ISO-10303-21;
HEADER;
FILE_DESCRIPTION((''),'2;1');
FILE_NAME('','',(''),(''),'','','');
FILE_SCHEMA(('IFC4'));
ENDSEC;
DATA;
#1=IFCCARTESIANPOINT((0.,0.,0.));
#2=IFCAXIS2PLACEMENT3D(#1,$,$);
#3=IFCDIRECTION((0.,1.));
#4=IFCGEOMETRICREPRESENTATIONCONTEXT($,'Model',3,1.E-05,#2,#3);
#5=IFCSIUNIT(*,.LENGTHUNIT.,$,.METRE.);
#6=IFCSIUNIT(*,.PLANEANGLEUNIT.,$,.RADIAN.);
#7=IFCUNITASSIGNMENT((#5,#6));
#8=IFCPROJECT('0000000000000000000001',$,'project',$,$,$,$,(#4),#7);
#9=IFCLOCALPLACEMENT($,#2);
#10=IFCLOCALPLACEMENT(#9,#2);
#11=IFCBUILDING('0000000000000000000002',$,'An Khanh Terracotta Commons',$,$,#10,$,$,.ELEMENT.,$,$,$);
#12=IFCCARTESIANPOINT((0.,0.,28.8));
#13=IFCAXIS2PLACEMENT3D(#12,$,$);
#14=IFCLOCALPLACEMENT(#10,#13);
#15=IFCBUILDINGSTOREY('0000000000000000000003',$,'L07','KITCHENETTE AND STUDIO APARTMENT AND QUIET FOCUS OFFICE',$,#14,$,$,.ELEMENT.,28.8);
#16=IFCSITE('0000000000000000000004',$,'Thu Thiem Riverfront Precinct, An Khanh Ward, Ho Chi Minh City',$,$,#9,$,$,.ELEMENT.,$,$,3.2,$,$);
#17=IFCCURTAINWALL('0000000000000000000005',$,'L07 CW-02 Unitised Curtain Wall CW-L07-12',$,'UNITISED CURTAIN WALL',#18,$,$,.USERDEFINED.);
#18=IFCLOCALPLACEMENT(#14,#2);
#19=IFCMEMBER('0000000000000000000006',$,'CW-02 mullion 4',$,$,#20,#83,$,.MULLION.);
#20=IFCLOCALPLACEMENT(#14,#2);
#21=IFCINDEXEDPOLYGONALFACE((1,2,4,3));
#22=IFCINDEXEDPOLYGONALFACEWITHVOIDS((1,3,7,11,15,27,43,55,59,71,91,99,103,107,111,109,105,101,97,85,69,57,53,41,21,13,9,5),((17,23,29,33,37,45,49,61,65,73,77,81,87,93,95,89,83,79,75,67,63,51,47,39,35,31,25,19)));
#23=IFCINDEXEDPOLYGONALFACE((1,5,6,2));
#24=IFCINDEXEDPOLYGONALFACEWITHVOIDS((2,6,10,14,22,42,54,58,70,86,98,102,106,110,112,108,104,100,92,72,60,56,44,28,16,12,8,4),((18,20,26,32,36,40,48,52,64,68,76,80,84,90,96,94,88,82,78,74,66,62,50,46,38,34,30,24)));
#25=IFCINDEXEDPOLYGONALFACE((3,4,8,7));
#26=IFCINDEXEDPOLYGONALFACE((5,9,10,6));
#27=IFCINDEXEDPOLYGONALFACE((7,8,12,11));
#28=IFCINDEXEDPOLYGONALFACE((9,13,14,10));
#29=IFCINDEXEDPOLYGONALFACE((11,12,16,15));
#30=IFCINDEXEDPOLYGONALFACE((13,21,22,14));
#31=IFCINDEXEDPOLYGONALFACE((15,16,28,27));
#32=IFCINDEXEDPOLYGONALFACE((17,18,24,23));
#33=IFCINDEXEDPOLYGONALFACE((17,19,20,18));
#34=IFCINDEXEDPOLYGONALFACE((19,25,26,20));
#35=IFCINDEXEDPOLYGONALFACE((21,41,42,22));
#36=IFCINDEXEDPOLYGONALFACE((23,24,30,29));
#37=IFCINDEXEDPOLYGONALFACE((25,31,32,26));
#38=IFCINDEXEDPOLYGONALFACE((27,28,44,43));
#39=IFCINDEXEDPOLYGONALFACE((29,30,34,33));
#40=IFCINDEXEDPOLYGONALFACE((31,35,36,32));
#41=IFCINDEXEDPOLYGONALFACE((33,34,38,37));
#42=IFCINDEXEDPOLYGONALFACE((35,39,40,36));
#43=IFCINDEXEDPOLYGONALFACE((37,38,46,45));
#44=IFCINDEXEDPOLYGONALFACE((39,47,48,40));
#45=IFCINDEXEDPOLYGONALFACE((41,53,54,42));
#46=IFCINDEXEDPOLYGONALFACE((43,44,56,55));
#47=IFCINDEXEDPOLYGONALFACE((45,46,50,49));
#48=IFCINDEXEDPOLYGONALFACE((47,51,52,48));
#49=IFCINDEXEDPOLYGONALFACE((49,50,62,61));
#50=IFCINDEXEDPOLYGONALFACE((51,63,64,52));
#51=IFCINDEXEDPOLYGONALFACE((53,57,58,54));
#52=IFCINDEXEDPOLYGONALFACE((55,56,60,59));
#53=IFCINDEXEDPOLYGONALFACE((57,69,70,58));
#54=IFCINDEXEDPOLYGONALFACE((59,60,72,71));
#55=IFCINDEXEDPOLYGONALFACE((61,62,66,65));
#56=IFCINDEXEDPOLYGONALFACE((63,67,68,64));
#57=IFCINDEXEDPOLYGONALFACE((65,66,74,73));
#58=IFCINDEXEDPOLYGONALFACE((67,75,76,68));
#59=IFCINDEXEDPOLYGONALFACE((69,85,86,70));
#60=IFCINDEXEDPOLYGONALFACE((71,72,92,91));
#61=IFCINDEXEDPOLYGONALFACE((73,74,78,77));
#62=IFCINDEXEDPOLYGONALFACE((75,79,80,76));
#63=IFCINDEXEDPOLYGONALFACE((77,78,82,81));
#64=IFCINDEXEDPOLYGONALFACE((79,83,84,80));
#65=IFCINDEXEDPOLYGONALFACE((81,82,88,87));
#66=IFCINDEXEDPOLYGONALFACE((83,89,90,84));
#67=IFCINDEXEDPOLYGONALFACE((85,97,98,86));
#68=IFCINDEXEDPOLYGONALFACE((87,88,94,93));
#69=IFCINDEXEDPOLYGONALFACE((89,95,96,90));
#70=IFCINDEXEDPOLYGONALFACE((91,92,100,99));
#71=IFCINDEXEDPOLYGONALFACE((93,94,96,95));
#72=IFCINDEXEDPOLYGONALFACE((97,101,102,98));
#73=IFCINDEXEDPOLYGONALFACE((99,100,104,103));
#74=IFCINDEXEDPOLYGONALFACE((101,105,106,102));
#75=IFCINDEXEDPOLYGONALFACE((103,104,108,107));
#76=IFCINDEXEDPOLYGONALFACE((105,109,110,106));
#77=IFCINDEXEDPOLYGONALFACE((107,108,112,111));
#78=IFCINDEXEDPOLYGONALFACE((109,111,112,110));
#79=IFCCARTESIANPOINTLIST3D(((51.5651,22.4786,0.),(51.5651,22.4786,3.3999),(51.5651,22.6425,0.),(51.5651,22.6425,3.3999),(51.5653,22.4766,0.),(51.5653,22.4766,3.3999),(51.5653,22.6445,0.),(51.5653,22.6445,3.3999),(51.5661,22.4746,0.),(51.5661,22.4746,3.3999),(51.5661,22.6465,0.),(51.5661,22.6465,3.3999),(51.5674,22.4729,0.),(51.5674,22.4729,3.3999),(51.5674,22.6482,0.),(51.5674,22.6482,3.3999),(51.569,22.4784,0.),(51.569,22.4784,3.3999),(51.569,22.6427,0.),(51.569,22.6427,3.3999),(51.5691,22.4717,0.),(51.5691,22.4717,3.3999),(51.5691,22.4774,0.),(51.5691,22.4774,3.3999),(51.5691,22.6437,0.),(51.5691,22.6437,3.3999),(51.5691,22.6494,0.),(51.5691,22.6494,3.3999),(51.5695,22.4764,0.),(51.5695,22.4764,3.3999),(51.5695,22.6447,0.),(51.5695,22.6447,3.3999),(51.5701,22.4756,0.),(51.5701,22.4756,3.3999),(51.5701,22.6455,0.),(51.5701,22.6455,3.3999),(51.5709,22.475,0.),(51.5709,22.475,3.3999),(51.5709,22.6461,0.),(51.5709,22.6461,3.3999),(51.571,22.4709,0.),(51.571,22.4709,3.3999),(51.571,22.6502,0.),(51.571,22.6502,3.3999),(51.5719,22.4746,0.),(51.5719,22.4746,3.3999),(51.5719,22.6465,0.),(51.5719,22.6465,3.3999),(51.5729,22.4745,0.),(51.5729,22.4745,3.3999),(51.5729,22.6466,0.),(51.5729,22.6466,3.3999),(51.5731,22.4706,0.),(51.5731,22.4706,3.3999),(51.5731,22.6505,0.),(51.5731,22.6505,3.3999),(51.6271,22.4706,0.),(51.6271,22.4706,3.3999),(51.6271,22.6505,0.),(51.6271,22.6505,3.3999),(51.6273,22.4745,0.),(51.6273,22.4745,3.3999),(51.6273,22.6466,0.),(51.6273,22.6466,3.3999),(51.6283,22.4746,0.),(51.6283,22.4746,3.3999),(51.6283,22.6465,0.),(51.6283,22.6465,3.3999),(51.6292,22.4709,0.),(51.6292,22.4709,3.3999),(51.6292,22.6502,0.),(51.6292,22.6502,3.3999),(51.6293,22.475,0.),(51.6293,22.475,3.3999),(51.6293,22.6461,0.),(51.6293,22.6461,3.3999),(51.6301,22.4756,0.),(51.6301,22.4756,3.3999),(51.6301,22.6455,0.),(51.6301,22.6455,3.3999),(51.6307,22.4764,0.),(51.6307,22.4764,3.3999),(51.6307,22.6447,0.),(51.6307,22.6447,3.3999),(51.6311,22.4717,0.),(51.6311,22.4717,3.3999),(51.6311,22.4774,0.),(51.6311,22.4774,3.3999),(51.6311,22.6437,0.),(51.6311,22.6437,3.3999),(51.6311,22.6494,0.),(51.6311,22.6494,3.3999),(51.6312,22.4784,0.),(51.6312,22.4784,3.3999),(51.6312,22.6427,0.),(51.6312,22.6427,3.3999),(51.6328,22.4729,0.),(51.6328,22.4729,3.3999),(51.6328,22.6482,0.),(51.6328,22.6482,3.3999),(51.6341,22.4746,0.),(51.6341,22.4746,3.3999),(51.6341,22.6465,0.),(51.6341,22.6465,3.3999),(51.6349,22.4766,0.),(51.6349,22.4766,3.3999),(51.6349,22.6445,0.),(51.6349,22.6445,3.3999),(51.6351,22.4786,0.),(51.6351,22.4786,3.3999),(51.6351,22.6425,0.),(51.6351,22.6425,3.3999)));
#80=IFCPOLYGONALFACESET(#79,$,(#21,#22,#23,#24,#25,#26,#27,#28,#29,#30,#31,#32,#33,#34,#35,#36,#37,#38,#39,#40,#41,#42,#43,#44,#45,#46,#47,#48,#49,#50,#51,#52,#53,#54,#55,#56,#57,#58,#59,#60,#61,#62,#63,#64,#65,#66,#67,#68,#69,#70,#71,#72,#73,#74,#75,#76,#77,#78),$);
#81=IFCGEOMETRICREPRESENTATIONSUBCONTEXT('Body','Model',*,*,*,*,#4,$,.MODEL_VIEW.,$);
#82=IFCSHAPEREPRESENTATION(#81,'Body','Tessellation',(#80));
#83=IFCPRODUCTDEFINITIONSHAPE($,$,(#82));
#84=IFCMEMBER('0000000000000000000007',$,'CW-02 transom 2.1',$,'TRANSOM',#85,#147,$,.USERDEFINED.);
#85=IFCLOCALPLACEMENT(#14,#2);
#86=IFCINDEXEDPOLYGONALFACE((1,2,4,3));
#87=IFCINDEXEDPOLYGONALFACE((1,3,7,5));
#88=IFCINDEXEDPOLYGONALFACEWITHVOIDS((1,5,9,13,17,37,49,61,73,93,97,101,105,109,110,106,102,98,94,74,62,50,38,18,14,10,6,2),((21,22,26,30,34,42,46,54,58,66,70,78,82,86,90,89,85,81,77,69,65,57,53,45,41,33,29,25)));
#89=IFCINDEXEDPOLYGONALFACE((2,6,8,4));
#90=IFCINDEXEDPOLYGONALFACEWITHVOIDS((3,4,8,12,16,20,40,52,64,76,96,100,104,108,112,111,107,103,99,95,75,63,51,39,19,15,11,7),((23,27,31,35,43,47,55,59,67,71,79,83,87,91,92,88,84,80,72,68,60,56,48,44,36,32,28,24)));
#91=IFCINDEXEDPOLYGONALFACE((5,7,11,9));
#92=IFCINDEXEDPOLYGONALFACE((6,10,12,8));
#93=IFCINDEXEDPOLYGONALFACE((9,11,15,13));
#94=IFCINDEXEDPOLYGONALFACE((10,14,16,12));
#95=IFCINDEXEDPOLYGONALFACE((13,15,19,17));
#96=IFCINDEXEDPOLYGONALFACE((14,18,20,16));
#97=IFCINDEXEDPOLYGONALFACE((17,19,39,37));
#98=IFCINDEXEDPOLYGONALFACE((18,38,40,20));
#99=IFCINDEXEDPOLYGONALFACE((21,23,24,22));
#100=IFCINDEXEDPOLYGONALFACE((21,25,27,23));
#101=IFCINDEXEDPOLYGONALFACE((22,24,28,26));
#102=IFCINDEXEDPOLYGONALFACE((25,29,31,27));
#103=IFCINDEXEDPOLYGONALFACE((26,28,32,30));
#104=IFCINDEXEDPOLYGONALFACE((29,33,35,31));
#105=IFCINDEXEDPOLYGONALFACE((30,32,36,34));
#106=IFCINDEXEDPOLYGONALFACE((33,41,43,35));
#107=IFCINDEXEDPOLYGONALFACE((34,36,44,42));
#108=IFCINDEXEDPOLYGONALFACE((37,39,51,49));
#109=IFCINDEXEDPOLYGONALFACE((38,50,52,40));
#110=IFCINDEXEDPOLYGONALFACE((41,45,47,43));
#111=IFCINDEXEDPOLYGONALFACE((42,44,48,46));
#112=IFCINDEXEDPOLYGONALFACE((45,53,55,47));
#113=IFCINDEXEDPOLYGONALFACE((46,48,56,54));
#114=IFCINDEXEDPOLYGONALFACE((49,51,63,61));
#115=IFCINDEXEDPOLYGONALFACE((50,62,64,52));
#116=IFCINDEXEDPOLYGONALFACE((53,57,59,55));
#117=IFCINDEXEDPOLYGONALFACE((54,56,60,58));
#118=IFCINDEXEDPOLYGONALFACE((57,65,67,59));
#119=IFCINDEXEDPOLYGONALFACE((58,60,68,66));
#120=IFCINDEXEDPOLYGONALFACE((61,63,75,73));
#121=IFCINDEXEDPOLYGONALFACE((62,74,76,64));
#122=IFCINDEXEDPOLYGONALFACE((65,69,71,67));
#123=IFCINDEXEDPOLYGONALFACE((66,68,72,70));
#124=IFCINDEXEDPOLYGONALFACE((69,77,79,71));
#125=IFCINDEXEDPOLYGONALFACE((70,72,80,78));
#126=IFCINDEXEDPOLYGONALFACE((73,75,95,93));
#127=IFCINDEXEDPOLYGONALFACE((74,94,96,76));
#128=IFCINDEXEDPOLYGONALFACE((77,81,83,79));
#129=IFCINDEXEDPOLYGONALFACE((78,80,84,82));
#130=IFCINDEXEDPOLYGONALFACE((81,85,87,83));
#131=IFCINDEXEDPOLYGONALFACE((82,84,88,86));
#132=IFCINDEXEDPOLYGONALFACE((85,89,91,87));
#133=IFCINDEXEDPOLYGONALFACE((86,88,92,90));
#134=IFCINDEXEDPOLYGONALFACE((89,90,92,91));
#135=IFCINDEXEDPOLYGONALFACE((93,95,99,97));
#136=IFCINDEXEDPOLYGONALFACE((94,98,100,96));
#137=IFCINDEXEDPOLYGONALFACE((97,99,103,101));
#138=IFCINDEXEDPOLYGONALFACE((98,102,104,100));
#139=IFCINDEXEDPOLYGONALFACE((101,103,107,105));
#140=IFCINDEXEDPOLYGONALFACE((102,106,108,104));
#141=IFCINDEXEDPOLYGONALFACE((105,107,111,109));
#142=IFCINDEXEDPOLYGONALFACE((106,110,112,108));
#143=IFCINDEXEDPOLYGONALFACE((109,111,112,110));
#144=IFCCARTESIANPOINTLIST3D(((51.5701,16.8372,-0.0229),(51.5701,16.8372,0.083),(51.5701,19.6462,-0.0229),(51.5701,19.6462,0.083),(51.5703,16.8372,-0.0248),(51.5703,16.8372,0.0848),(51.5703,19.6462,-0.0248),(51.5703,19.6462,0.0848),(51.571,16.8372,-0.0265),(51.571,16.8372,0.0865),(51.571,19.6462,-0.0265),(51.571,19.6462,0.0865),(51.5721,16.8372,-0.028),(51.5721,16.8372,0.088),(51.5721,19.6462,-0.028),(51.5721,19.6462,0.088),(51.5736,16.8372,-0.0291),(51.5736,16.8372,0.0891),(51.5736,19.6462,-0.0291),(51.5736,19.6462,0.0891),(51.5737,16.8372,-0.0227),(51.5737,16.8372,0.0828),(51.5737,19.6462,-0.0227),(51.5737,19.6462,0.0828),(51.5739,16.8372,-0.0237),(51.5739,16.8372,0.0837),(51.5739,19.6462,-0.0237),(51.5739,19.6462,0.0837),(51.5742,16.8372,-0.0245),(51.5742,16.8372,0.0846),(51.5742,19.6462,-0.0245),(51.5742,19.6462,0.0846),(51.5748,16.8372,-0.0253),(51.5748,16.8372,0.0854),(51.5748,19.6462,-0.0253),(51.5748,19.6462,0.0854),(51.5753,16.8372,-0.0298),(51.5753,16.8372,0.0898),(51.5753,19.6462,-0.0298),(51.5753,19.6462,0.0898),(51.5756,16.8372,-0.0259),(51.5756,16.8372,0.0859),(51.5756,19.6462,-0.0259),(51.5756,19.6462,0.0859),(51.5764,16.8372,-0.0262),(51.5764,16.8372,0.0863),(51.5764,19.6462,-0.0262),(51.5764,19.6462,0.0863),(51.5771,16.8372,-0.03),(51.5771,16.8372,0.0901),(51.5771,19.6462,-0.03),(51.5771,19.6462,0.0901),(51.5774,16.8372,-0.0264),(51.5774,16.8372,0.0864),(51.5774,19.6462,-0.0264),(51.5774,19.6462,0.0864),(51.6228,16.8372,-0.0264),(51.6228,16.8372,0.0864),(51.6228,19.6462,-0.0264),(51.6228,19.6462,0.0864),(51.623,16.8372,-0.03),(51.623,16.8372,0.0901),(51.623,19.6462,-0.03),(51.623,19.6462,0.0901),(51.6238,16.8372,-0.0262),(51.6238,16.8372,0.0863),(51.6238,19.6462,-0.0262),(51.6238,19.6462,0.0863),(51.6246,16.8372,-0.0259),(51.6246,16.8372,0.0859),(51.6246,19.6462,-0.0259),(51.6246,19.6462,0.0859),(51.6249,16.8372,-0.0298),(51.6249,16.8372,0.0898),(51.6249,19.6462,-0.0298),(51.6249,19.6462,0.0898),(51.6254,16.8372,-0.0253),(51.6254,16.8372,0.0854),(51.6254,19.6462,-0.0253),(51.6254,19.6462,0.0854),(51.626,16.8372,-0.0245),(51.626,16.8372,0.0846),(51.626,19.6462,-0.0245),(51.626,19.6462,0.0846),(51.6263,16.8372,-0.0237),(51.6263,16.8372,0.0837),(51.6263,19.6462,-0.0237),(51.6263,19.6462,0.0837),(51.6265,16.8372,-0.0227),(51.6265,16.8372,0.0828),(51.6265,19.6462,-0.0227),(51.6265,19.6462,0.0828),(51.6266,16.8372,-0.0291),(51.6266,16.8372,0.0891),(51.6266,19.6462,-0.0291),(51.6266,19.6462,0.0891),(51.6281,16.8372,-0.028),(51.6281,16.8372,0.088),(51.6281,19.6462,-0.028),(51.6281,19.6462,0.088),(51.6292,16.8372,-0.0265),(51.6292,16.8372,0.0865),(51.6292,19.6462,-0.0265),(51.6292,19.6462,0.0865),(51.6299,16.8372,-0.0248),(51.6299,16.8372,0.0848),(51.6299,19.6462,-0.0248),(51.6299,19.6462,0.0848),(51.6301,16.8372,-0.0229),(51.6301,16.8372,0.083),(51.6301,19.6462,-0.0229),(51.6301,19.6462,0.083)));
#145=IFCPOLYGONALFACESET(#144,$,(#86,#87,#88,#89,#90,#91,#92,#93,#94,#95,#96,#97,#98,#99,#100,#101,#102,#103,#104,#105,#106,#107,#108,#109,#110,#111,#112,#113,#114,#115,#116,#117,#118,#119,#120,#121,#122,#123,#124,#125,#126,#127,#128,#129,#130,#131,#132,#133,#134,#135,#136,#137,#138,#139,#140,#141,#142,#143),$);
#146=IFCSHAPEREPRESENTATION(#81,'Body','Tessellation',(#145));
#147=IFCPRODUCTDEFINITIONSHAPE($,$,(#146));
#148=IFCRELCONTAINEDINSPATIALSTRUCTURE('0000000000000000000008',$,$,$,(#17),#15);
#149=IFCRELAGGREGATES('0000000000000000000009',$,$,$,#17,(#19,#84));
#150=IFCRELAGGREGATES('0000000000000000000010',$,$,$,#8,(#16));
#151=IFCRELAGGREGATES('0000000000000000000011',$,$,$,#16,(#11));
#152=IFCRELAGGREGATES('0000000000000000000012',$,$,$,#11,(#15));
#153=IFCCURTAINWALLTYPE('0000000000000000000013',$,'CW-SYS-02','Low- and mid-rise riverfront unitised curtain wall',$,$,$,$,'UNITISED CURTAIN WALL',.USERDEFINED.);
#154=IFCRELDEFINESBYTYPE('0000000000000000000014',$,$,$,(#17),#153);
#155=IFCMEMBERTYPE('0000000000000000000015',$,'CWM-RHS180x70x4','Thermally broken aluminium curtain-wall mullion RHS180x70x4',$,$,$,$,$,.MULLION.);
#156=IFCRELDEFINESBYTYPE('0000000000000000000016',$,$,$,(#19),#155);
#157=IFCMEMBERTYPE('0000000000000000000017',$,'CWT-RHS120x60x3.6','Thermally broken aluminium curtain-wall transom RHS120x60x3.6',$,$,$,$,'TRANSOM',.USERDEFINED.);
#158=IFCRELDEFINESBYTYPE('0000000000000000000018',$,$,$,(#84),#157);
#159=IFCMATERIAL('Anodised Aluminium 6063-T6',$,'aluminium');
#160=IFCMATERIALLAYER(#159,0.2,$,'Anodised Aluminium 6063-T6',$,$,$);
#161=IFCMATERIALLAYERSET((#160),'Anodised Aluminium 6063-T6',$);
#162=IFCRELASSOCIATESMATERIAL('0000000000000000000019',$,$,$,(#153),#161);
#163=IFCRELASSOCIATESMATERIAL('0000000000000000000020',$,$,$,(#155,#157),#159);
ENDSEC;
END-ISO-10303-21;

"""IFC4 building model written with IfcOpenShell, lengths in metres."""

from ifc_helpers import new_model, si_unit, direction, frame, origin, origin_2d, place, context, subcontext, project, spatial, hollow_rectangle, extrude, material, layer, layer_set, material_profile, profile_set, type_object, element, aggregate, save


model = new_model("IFC4")

# Units and contexts
model_context = context("Model", 3, precision=1e-05, world=origin(), true_north=direction((0.0, 1.0)))
body_context = subcontext(model_context, "Body", "Model", "MODEL_VIEW")
ifc_project = project(units=[si_unit("LENGTHUNIT", "METRE"), si_unit("PLANEANGLEUNIT", "RADIAN")], contexts=[model_context])

# Site, building, storey
site_placement = place(None, origin())
site = spatial("IfcSite", under=ifc_project, at=site_placement, Name="Thu Thiem Riverfront Precinct, An Khanh Ward, Ho Chi Minh City", CompositionType="ELEMENT", RefElevation=3.2)
building_placement = place(site_placement, origin())
building = spatial("IfcBuilding", under=site, at=building_placement, Name="An Khanh Terracotta Commons", CompositionType="ELEMENT")
storey_placement = place(building_placement, frame((0.0, 0.0, 28.8)))
storey = spatial("IfcBuildingStorey", under=building, at=storey_placement, Name="L07", Description="KITCHENETTE AND STUDIO APARTMENT AND QUIET FOCUS OFFICE", CompositionType="ELEMENT", Elevation=28.8)

# Curtain wall, members
ifc_material_1 = material(Name="Anodised Aluminium 6063-T6", Category="aluminium")
ifc_layer_1 = layer(ifc_material_1, 0.2, Name="Anodised Aluminium 6063-T6")
ifc_layer_set_1 = layer_set([ifc_layer_1], Name="Anodised Aluminium 6063-T6")
curtain_wall_type = type_object("IfcCurtainWallType", Name="CW-SYS-02", Description="Low- and mid-rise riverfront unitised curtain wall", ElementType="UNITISED CURTAIN WALL", PredefinedType="USERDEFINED", material=ifc_layer_set_1)
curtain_wall_placement = place(storey_placement, origin())
curtain_wall = element("IfcCurtainWall", 1, at=curtain_wall_placement, inside=storey, type_object=curtain_wall_type, Name="L07 CW-02 Unitised Curtain Wall CW-L07-12", ObjectType="UNITISED CURTAIN WALL", PredefinedType="USERDEFINED")
ifc_material_profile_1 = material_profile(ifc_material_1, hollow_rectangle(XDim=0.0701, YDim=0.1799, WallThickness=0.0039, InnerFilletRadius=0.0039, OuterFilletRadius=0.0081, at=origin_2d()), Name="RHS180x70x4")
ifc_profile_set_1 = profile_set([ifc_material_profile_1], Name="Anodised Aluminium 6063-T6")
member_type_1 = type_object("IfcMemberType", Name="CWM-RHS180x70x4", Description="Thermally broken aluminium curtain-wall mullion RHS180x70x4", PredefinedType="MULLION", material=ifc_profile_set_1)
member_1_placement = place(storey_placement, frame((51.6001, 22.5605, 0.0), z_axis=(0.0, 0.0, 1.0), x_axis=(-1.0, 0.0, 0.0)))
member_1 = element("IfcMember", 2, at=member_1_placement, type_object=member_type_1, Name="CW-02 mullion 4", PredefinedType="MULLION", context=body_context, shape_type="SweptSolid", body=[
    extrude(hollow_rectangle(XDim=0.0701, YDim=0.1799, WallThickness=0.0039, InnerFilletRadius=0.0039, OuterFilletRadius=0.0081, at=origin_2d()), origin(), (0.0, 0.0, 1.0), 3.3999),
])
ifc_material_profile_2 = material_profile(ifc_material_1, hollow_rectangle(XDim=0.0601, YDim=0.1201, WallThickness=0.0037, InnerFilletRadius=0.0037, OuterFilletRadius=0.0071, at=origin_2d()), Name="RHS120x60x3.6")
ifc_profile_set_2 = profile_set([ifc_material_profile_2], Name="Anodised Aluminium 6063-T6")
member_type_2 = type_object("IfcMemberType", Name="CWT-RHS120x60x3.6", Description="Thermally broken aluminium curtain-wall transom RHS120x60x3.6", ElementType="TRANSOM", PredefinedType="USERDEFINED", material=ifc_profile_set_2)
member_2_placement = place(storey_placement, frame((51.6001, 16.8372, 0.03), z_axis=(0.0, 1.0, 0.0), x_axis=(-1.0, 0.0, 0.0)))
member_2 = element("IfcMember", 3, at=member_2_placement, type_object=member_type_2, Name="CW-02 transom 2.1", ObjectType="TRANSOM", PredefinedType="USERDEFINED", context=body_context, shape_type="SweptSolid", body=[
    extrude(hollow_rectangle(XDim=0.0601, YDim=0.1201, WallThickness=0.0037, InnerFilletRadius=0.0037, OuterFilletRadius=0.0071, at=origin_2d()), origin(), (0.0, 0.0, 1.0), 2.8091),
])
aggregate(curtain_wall, [member_1, member_2])

save(model, "model.ifc")
